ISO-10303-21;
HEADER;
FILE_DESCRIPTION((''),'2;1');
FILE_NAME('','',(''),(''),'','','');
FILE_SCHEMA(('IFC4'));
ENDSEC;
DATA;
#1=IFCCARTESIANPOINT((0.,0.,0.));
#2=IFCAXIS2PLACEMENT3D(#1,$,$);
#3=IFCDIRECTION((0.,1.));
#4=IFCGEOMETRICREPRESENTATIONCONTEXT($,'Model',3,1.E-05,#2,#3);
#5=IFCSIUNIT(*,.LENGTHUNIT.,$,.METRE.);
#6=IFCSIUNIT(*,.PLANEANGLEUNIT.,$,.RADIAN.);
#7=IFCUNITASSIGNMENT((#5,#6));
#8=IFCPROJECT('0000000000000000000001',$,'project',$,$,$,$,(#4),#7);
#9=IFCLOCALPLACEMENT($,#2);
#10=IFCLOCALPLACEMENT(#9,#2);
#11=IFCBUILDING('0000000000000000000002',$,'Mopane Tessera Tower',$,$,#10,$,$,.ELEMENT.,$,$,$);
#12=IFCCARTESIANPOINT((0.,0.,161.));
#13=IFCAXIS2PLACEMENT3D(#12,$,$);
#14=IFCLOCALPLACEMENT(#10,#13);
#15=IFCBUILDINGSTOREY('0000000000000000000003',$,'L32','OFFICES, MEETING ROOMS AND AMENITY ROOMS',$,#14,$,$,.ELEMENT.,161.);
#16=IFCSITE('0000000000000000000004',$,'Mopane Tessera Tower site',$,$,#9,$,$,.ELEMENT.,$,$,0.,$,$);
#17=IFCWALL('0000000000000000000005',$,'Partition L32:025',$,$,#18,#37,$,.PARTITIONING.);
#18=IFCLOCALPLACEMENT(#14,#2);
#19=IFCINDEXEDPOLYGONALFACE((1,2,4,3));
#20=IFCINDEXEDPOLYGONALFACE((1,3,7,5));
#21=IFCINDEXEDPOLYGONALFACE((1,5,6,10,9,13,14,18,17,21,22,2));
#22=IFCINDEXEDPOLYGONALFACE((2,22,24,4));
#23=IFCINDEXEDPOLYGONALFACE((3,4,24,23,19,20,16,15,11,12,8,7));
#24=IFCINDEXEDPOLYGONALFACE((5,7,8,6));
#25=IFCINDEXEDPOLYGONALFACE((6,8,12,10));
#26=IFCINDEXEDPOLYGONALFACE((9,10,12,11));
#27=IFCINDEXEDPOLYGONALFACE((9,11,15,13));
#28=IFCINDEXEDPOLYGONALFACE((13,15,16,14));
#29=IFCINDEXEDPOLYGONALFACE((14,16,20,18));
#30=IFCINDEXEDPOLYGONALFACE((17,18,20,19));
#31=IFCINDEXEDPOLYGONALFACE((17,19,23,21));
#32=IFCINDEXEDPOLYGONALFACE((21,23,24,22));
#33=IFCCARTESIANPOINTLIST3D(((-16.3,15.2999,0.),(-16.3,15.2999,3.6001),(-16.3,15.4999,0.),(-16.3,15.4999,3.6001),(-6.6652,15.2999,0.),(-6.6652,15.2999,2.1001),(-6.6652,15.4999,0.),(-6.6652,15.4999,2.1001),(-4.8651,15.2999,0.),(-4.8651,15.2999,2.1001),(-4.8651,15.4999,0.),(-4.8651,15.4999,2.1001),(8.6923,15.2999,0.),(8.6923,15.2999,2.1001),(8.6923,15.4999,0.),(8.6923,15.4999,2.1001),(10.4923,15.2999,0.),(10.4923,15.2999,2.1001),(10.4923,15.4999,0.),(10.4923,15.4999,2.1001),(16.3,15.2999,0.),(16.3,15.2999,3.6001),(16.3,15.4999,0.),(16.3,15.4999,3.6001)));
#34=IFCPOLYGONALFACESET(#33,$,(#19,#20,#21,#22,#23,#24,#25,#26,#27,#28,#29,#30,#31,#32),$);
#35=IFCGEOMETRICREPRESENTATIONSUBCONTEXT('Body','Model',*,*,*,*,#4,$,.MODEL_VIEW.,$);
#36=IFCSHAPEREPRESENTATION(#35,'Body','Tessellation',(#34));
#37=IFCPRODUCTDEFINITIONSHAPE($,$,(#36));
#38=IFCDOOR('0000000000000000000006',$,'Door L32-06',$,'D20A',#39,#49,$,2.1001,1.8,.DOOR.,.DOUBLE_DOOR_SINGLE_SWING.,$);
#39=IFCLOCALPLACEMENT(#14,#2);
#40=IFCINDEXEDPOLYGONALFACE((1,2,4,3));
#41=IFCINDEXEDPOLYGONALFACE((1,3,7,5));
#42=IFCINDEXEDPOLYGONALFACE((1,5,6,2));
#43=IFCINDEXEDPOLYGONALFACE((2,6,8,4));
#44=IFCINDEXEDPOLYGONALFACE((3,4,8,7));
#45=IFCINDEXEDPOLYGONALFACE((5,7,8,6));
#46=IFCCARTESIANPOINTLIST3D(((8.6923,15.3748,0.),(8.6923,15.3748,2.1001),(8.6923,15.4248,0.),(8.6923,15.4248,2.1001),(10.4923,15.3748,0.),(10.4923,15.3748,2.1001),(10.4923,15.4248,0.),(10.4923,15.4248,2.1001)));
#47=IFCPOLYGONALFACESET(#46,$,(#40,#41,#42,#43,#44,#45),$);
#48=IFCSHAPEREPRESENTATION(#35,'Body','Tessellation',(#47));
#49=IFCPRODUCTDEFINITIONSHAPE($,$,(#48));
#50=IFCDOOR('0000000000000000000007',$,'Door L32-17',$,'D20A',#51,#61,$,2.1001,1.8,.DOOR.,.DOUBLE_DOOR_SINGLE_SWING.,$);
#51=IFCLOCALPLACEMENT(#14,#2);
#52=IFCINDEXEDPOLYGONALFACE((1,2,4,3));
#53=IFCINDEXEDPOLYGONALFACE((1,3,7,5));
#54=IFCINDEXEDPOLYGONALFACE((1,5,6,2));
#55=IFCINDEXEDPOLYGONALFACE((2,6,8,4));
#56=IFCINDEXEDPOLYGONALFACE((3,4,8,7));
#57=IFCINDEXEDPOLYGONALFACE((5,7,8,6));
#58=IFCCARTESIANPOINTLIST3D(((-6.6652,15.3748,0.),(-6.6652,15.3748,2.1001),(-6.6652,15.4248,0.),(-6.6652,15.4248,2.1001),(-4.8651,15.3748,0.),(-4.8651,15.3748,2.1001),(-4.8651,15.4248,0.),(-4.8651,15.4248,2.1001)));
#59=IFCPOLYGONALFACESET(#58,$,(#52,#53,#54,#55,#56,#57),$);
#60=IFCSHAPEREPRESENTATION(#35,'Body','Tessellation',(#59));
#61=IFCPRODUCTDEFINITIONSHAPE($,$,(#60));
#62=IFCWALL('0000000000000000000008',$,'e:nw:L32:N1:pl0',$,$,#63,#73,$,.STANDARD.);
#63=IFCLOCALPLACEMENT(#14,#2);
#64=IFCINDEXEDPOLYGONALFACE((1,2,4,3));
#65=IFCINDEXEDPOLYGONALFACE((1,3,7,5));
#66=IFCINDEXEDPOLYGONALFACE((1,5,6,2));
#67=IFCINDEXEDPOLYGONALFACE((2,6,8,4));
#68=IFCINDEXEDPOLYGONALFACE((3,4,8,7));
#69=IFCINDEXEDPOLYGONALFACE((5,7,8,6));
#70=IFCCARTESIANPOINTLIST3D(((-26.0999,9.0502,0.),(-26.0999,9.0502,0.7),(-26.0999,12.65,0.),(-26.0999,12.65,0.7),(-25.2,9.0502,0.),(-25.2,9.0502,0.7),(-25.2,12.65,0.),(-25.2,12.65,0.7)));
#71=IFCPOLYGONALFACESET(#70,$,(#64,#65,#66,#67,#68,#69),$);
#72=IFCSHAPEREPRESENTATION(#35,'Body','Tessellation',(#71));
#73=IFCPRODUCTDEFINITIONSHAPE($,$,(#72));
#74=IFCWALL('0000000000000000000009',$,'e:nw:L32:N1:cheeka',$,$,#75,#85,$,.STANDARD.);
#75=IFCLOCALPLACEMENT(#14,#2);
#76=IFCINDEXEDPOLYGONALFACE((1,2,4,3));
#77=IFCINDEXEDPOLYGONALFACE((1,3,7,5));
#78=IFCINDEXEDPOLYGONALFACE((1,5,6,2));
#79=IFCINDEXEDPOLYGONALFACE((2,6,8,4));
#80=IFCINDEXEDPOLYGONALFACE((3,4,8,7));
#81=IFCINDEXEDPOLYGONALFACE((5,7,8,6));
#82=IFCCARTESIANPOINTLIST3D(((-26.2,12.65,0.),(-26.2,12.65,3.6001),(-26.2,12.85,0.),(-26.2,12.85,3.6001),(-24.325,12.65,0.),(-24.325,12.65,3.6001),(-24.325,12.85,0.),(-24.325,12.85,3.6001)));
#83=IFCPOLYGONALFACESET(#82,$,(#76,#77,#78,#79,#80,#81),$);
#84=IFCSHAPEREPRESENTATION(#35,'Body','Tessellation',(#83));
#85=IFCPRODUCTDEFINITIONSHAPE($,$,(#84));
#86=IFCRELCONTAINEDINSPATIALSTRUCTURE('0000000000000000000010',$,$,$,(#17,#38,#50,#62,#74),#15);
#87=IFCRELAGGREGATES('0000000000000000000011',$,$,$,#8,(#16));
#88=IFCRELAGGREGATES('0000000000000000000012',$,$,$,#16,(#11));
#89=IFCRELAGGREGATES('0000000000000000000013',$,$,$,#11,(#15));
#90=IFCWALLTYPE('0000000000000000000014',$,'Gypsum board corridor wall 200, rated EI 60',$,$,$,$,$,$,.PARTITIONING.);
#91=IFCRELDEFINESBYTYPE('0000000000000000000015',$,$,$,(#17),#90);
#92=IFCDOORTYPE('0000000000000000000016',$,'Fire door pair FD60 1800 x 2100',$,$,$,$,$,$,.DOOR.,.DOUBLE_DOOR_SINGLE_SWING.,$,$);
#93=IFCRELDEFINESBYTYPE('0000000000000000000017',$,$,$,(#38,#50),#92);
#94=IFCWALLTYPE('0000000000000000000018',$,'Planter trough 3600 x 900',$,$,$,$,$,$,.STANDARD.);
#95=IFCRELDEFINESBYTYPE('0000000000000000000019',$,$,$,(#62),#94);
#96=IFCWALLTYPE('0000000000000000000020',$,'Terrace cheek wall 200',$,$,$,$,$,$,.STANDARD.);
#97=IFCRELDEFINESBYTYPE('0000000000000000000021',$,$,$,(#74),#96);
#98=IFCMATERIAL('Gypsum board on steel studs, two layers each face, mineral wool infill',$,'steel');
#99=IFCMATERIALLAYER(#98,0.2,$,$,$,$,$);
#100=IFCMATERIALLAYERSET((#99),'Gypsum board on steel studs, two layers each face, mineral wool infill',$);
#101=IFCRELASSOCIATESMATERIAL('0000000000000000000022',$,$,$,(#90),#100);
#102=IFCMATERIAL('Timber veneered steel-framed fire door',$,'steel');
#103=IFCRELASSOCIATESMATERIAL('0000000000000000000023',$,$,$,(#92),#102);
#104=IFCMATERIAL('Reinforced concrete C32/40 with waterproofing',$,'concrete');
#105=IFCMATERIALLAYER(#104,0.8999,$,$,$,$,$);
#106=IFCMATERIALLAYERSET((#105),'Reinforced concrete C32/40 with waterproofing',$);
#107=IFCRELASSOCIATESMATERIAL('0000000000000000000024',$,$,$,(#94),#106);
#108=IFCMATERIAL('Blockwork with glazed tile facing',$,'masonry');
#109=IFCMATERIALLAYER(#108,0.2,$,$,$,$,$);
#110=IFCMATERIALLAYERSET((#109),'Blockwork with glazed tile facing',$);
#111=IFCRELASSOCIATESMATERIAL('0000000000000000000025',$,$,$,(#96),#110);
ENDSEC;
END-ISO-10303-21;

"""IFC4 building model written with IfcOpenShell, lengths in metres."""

from ifc_helpers import new_model, si_unit, direction, frame, frame_2d, origin, place, context, subcontext, project, spatial, rectangle, extrude, material, layer, layer_set, type_object, element, fill, save


model = new_model("IFC4")

# Units and contexts
model_context = context("Model", 3, precision=1e-05, world=origin(), true_north=direction((0.0, 1.0)))
body_context = subcontext(model_context, "Body", "Model", "MODEL_VIEW")
ifc_project = project(units=[si_unit("LENGTHUNIT", "METRE"), si_unit("PLANEANGLEUNIT", "RADIAN")], contexts=[model_context])

# Site, building, storey
site_placement = place(None, origin())
site = spatial("IfcSite", under=ifc_project, at=site_placement, Name="Mopane Tessera Tower site", CompositionType="ELEMENT", RefElevation=0.0)
building_placement = place(site_placement, origin())
building = spatial("IfcBuilding", under=site, at=building_placement, Name="Mopane Tessera Tower", CompositionType="ELEMENT")
storey_placement = place(building_placement, frame((0.0, 0.0, 161.0)))
storey = spatial("IfcBuildingStorey", under=building, at=storey_placement, Name="L32", Description="OFFICES, MEETING ROOMS AND AMENITY ROOMS", CompositionType="ELEMENT", Elevation=161.0)

# Shared definitions
ifc_material_1 = material(Name="Gypsum board on steel studs, two layers each face, mineral wool infill", Category="steel")
ifc_layer_1 = layer(ifc_material_1, 0.2)
ifc_layer_set_1 = layer_set([ifc_layer_1], Name="Gypsum board on steel studs, two layers each face, mineral wool infill")
wall_type_1 = type_object("IfcWallType", Name="Gypsum board corridor wall 200, rated EI 60", PredefinedType="PARTITIONING", material=ifc_layer_set_1)

# Wall, openings, doors
wall_1_placement = place(storey_placement, frame((-16.3, 15.3999, 0.0), z_axis=(0.0, 0.0, 1.0), x_axis=(1.0, 0.0, 0.0)))
wall_1 = element("IfcWall", 1, at=wall_1_placement, inside=storey, type_object=wall_type_1, Name="Partition L32:025", PredefinedType="PARTITIONING", context=body_context, shape_type="SweptSolid", body=[
    extrude(rectangle(XDim=32.6001, YDim=0.2, at=frame_2d((16.3, 0.0))), origin(), (0.0, 0.0, 1.0), 3.6001),
])
opening_1_placement = place(wall_1_placement, frame((24.9924, 0.0, 0.0)))
opening_1 = element("IfcOpeningElement", 2, at=opening_1_placement, cuts=wall_1, PredefinedType="OPENING", context=body_context, shape_type="SweptSolid", body=[
    extrude(rectangle(XDim=1.8, YDim=2.1001, at=frame_2d((0.8999, 1.05))), frame((0.0, 0.1121, 0.0), z_axis=(0.0, -1.0, 0.0), x_axis=(1.0, 0.0, 0.0)), (0.0, 0.0, 1.0), 0.2239),
])
opening_2_placement = place(wall_1_placement, frame((9.635, 0.0, 0.0)))
opening_2 = element("IfcOpeningElement", 3, at=opening_2_placement, cuts=wall_1, PredefinedType="OPENING", context=body_context, shape_type="SweptSolid", body=[
    extrude(rectangle(XDim=1.8, YDim=2.1001, at=frame_2d((0.8999, 1.05))), frame((0.0, 0.1121, 0.0), z_axis=(0.0, -1.0, 0.0), x_axis=(1.0, 0.0, 0.0)), (0.0, 0.0, 1.0), 0.2239),
])
ifc_material_2 = material(Name="Timber veneered steel-framed fire door", Category="steel")
door_type_1 = type_object("IfcDoorType", Name="Fire door pair FD60 1800 x 2100", OperationType="DOUBLE_DOOR_SINGLE_SWING", PredefinedType="DOOR", material=ifc_material_2)
door_1_placement = place(opening_1_placement, origin())
door_1 = element("IfcDoor", 4, at=door_1_placement, inside=storey, type_object=door_type_1, Name="Door L32-06", ObjectType="D20A", OperationType="DOUBLE_DOOR_SINGLE_SWING", OverallHeight=2.1001, OverallWidth=1.8, PredefinedType="DOOR", context=body_context, shape_type="SweptSolid", body=[
    extrude(rectangle(XDim=1.8, YDim=2.1001, at=frame_2d((0.8999, 1.05))), frame((0.0, 0.0249, 0.0), z_axis=(0.0, -1.0, 0.0), x_axis=(1.0, 0.0, 0.0)), (0.0, 0.0, 1.0), 0.05),
])
fill(opening_1, door_1)
door_2_placement = place(opening_2_placement, origin())
door_2 = element("IfcDoor", 5, at=door_2_placement, inside=storey, type_object=door_type_1, Name="Door L32-17", ObjectType="D20A", OperationType="DOUBLE_DOOR_SINGLE_SWING", OverallHeight=2.1001, OverallWidth=1.8, PredefinedType="DOOR", context=body_context, shape_type="SweptSolid", body=[
    extrude(rectangle(XDim=1.8, YDim=2.1001, at=frame_2d((0.8999, 1.05))), frame((0.0, 0.0249, 0.0), z_axis=(0.0, -1.0, 0.0), x_axis=(1.0, 0.0, 0.0)), (0.0, 0.0, 1.0), 0.05),
])
fill(opening_2, door_2)

# Walls
ifc_material_3 = material(Name="Reinforced concrete C32/40 with waterproofing", Category="concrete")
ifc_layer_2 = layer(ifc_material_3, 0.8999)
ifc_layer_set_2 = layer_set([ifc_layer_2], Name="Reinforced concrete C32/40 with waterproofing")
wall_type_2 = type_object("IfcWallType", Name="Planter trough 3600 x 900", PredefinedType="STANDARD", material=ifc_layer_set_2)
wall_2_placement = place(storey_placement, frame((-25.6499, 12.6499, 0.0), z_axis=(0.0, 0.0, 1.0), x_axis=(0.0, -1.0, 0.0)))
element("IfcWall", 6, at=wall_2_placement, inside=storey, type_object=wall_type_2, Name="e:nw:L32:N1:pl0", PredefinedType="STANDARD", context=body_context, shape_type="SweptSolid", body=[
    extrude(rectangle(XDim=3.5999, YDim=0.8999, at=frame_2d((1.7998, 0.0))), origin(), (0.0, 0.0, 1.0), 0.7),
])
ifc_material_4 = material(Name="Blockwork with glazed tile facing", Category="masonry")
ifc_layer_3 = layer(ifc_material_4, 0.2)
ifc_layer_set_3 = layer_set([ifc_layer_3], Name="Blockwork with glazed tile facing")
wall_type_3 = type_object("IfcWallType", Name="Terrace cheek wall 200", PredefinedType="STANDARD", material=ifc_layer_set_3)
wall_3_placement = place(storey_placement, frame((-26.2, 12.75, 0.0), z_axis=(0.0, 0.0, 1.0), x_axis=(1.0, 0.0, 0.0)))
element("IfcWall", 7, at=wall_3_placement, inside=storey, type_object=wall_type_3, Name="e:nw:L32:N1:cheeka", PredefinedType="STANDARD", context=body_context, shape_type="SweptSolid", body=[
    extrude(rectangle(XDim=1.875, YDim=0.2, at=frame_2d((0.9375, 0.0))), origin(), (0.0, 0.0, 1.0), 3.6001),
])

save(model, "model.ifc")
